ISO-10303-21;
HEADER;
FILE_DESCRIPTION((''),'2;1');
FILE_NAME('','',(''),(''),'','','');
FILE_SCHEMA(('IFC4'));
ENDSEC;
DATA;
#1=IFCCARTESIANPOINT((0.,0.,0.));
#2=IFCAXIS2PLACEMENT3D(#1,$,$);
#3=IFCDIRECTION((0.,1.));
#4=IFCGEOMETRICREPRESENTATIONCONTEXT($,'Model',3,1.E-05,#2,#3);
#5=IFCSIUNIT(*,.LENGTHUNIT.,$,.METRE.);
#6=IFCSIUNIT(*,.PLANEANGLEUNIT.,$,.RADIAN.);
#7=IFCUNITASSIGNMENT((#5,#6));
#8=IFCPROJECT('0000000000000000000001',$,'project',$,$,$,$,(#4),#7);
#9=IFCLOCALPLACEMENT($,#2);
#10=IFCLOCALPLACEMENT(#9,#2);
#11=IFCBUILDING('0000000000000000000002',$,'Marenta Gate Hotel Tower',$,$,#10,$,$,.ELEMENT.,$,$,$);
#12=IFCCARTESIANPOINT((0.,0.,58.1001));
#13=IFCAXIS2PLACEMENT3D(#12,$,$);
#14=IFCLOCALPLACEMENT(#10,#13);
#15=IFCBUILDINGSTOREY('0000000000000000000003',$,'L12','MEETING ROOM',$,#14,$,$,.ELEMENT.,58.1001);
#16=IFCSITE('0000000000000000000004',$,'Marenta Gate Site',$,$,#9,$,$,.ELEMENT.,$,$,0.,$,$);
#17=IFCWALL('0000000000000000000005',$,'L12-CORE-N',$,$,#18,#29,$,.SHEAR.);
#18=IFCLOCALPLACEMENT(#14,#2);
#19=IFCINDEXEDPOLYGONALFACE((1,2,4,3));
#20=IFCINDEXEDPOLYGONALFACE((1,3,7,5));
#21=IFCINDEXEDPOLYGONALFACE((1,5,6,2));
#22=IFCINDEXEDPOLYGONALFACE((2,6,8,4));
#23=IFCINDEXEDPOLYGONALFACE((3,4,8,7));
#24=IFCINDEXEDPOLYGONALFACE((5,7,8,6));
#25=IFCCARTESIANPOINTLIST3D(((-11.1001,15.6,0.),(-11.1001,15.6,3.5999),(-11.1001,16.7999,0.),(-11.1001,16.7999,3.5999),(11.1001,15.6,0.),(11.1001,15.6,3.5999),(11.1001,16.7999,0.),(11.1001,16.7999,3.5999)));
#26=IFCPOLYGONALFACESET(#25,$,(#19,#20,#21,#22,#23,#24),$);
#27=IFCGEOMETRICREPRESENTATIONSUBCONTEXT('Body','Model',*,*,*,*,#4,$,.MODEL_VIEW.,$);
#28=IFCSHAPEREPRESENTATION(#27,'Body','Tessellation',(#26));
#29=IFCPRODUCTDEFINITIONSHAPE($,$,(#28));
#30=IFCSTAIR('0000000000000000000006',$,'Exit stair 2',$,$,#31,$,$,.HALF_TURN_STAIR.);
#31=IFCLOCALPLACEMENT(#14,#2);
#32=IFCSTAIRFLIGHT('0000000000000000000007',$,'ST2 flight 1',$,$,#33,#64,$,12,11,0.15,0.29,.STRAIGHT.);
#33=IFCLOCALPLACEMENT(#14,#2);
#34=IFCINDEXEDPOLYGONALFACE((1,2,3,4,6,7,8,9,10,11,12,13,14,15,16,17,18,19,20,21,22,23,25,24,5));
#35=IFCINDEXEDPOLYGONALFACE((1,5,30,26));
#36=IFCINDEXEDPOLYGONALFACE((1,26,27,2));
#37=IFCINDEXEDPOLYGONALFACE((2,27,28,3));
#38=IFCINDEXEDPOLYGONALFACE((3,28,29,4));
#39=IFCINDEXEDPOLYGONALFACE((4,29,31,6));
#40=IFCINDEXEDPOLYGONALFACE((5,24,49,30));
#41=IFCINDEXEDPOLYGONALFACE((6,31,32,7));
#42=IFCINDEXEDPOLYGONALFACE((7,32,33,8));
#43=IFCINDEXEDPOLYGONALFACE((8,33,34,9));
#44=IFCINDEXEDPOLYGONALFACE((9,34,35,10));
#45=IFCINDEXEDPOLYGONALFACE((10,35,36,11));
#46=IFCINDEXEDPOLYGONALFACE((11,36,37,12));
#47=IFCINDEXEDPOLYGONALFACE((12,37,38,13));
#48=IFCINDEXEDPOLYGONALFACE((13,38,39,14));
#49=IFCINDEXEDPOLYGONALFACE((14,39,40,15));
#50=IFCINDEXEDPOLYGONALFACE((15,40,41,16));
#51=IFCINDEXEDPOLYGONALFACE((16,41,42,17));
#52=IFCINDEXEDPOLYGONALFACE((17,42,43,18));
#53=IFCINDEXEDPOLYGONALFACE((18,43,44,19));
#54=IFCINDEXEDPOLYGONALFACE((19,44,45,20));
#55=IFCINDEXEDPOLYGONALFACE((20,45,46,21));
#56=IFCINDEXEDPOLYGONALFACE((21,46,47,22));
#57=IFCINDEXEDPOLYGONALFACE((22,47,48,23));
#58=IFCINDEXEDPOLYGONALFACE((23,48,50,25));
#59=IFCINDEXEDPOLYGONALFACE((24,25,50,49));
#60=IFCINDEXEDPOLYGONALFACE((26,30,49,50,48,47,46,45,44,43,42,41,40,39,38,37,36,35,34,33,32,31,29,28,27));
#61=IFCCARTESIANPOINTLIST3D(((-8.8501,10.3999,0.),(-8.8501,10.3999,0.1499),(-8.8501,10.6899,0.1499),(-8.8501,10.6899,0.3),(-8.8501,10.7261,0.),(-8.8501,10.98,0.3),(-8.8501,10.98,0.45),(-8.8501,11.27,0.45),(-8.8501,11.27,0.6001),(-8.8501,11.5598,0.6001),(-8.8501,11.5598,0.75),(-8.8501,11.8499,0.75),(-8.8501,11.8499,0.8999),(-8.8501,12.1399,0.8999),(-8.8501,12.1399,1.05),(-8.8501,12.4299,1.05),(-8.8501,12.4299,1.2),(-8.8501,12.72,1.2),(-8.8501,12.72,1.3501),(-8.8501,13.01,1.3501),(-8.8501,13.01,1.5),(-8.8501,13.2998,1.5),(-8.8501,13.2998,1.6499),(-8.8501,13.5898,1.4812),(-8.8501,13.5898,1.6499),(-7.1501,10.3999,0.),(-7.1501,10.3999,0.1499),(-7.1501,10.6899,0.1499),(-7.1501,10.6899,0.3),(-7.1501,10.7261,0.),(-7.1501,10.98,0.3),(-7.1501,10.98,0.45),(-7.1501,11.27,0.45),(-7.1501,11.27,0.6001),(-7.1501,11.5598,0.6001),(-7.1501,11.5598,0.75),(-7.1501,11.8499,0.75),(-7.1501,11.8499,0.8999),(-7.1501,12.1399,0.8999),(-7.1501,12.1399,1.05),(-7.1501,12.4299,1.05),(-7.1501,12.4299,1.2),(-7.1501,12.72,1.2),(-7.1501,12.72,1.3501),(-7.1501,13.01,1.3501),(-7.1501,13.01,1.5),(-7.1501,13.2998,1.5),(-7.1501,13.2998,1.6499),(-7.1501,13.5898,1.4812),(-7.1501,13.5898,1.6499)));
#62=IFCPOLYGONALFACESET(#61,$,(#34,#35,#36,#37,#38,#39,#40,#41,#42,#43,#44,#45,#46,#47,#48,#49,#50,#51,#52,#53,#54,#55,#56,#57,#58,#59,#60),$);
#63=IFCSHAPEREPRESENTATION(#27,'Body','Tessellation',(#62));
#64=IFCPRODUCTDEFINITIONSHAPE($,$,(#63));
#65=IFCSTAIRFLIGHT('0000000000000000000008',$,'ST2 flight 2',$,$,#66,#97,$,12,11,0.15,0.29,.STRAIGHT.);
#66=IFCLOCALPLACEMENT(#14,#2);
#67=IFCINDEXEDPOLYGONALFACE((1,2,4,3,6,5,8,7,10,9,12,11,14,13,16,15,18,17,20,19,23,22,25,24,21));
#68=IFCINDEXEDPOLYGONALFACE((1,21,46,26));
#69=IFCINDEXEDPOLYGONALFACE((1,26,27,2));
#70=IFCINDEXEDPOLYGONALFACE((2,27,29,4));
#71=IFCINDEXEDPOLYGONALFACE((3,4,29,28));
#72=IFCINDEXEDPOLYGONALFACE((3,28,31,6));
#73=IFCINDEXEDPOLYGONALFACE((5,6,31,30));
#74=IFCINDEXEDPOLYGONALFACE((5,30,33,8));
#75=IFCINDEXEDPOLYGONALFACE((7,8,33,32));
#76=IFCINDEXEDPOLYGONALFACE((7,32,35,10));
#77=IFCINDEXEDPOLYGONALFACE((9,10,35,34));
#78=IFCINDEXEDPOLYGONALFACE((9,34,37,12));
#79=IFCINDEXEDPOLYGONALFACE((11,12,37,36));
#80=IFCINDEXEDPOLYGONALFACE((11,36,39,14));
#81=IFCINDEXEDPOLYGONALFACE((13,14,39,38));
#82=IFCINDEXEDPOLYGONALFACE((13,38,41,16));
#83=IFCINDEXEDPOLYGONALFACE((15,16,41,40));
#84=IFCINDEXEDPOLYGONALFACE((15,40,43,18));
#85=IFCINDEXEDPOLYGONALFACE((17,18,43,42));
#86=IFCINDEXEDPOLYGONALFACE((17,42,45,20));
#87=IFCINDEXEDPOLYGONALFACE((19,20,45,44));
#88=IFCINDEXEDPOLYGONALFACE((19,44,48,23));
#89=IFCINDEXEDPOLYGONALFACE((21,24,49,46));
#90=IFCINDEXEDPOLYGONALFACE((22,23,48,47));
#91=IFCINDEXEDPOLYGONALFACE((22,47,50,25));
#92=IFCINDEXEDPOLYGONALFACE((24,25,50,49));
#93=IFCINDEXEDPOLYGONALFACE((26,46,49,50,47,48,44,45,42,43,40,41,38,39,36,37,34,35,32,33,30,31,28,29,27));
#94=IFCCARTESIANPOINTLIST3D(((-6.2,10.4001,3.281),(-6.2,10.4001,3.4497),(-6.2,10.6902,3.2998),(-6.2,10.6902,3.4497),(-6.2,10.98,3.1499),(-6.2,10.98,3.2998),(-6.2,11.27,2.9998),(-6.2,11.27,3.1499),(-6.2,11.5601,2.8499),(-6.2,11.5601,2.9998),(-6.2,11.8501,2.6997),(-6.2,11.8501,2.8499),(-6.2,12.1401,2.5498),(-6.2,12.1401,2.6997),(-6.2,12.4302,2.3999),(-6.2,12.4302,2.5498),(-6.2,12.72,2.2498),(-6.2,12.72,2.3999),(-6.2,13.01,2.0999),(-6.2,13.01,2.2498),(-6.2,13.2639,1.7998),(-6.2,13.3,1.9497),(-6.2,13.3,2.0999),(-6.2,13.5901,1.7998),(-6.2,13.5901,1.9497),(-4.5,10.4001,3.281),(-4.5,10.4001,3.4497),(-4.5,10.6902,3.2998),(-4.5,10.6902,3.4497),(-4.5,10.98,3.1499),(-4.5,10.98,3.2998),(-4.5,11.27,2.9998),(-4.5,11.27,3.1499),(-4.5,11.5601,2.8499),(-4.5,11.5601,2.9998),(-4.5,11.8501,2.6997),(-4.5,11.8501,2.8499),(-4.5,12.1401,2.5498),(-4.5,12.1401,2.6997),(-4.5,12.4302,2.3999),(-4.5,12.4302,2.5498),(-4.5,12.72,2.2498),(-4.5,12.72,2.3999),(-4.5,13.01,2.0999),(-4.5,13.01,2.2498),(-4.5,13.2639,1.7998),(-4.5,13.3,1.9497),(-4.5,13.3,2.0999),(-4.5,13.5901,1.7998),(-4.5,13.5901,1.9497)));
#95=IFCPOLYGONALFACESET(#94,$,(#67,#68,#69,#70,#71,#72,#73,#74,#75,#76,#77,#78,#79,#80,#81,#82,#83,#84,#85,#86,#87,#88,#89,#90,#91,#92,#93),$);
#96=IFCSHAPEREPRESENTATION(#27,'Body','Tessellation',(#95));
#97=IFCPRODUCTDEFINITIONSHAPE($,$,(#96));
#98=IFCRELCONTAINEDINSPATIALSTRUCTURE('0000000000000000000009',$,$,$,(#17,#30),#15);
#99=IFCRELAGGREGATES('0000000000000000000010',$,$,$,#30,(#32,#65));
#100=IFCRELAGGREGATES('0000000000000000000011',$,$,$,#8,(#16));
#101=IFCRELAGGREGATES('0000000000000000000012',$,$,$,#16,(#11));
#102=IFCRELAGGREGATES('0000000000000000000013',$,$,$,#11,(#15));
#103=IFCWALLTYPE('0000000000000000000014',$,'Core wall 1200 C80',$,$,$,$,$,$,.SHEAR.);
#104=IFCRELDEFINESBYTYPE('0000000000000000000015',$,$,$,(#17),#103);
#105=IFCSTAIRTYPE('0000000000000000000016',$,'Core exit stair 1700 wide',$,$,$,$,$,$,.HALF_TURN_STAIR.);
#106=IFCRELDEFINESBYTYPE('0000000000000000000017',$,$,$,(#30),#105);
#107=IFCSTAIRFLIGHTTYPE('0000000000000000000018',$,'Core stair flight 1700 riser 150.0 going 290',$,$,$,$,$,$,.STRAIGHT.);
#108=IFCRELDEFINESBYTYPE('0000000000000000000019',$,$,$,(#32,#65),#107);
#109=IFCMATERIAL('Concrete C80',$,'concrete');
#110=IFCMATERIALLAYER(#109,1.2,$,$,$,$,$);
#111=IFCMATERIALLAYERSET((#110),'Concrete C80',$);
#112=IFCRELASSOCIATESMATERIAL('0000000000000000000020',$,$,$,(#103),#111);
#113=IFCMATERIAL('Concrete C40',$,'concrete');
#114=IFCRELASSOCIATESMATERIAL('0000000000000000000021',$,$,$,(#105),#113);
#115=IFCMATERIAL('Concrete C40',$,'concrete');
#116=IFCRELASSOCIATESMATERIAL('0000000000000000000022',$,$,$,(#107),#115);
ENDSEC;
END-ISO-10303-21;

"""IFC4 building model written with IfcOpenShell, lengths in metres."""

from ifc_helpers import new_model, si_unit, direction, frame, frame_2d, origin, place, context, subcontext, project, spatial, polyline, rectangle, outline, extrude, material, layer, layer_set, type_object, element, aggregate, save


model = new_model("IFC4")

# Units and contexts
model_context = context("Model", 3, precision=1e-05, world=origin(), true_north=direction((0.0, 1.0)))
body_context = subcontext(model_context, "Body", "Model", "MODEL_VIEW")
ifc_project = project(units=[si_unit("LENGTHUNIT", "METRE"), si_unit("PLANEANGLEUNIT", "RADIAN")], contexts=[model_context])

# Site, building, storey
site_placement = place(None, origin())
site = spatial("IfcSite", under=ifc_project, at=site_placement, Name="Marenta Gate Site", CompositionType="ELEMENT", RefElevation=0.0)
building_placement = place(site_placement, origin())
building = spatial("IfcBuilding", under=site, at=building_placement, Name="Marenta Gate Hotel Tower", CompositionType="ELEMENT")
storey_placement = place(building_placement, frame((0.0, 0.0, 58.1001)))
storey = spatial("IfcBuildingStorey", under=building, at=storey_placement, Name="L12", Description="MEETING ROOM", CompositionType="ELEMENT", Elevation=58.1001)

# Wall
ifc_material_1 = material(Name="Concrete C80", Category="concrete")
ifc_layer_1 = layer(ifc_material_1, 1.2)
ifc_layer_set_1 = layer_set([ifc_layer_1], Name="Concrete C80")
wall_type_1 = type_object("IfcWallType", Name="Core wall 1200 C80", PredefinedType="SHEAR", material=ifc_layer_set_1)
wall_1_placement = place(storey_placement, frame((-11.1001, 16.2, 0.0), z_axis=(0.0, 0.0, 1.0), x_axis=(1.0, 0.0, 0.0)))
element("IfcWall", 1, at=wall_1_placement, inside=storey, type_object=wall_type_1, Name="L12-CORE-N", PredefinedType="SHEAR", context=body_context, shape_type="SweptSolid", body=[
    extrude(rectangle(XDim=22.2002, YDim=1.2, at=frame_2d((11.1001, 0.0))), origin(), (0.0, 0.0, 1.0), 3.5999),
])

# Stair, stair flights
ifc_material_2 = material(Name="Concrete C40", Category="concrete")
stair_type = type_object("IfcStairType", Name="Core exit stair 1700 wide", PredefinedType="HALF_TURN_STAIR", material=ifc_material_2)
stair_placement = place(storey_placement, origin())
stair = element("IfcStair", 2, at=stair_placement, inside=storey, type_object=stair_type, Name="Exit stair 2", PredefinedType="HALF_TURN_STAIR")
ifc_material_3 = material(Name="Concrete C40", Category="concrete")
stair_flight_type = type_object("IfcStairFlightType", Name="Core stair flight 1700 riser 150.0 going 290", PredefinedType="STRAIGHT", material=ifc_material_3)
stair_flight_1_placement = place(storey_placement, frame((-8.0, 10.3999, 0.0), z_axis=(0.0, 0.0, 1.0), x_axis=(0.0, 1.0, 0.0)))
stair_flight_1 = element("IfcStairFlight", 3, at=stair_flight_1_placement, type_object=stair_flight_type, Name="ST2 flight 1", NumberOfRisers=12, NumberOfTreads=11, PredefinedType="STRAIGHT", RiserHeight=0.15, TreadLength=0.29, context=body_context, shape_type="SweptSolid", body=[
    extrude(outline(polyline([(0.0, 0.0), (0.0, 0.1499), (0.29, 0.1499), (0.29, 0.3), (0.5801, 0.3), (0.5801, 0.45), (0.8701, 0.45), (0.8701, 0.6001), (1.1599, 0.6001), (1.1599, 0.75), (1.45, 0.75), (1.45, 0.8999), (1.74, 0.8999), (1.74, 1.05), (2.03, 1.05), (2.03, 1.2), (2.3201, 1.2), (2.3201, 1.3501), (2.6101, 1.3501), (2.6101, 1.5), (2.8999, 1.5), (2.8999, 1.6499), (3.1899, 1.6499), (3.1899, 1.8), (3.1899, 1.4812), (0.3262, 0.0), (0.0, 0.0)])), frame((0.0, 0.8501, 0.0), z_axis=(0.0, -1.0, 0.0), x_axis=(1.0, 0.0, 0.0)), (0.0, 0.0, 1.0), 1.7),
])
stair_flight_2_placement = place(storey_placement, frame((-5.3501, 13.5901, 1.7998), z_axis=(0.0, 0.0, 1.0), x_axis=(0.0, -1.0, 0.0)))
stair_flight_2 = element("IfcStairFlight", 4, at=stair_flight_2_placement, type_object=stair_flight_type, Name="ST2 flight 2", NumberOfRisers=12, NumberOfTreads=11, PredefinedType="STRAIGHT", RiserHeight=0.15, TreadLength=0.29, context=body_context, shape_type="SweptSolid", body=[
    extrude(outline(polyline([(0.0, 0.0), (0.0, 0.1499), (0.29, 0.1499), (0.29, 0.3), (0.5801, 0.3), (0.5801, 0.45), (0.8701, 0.45), (0.8701, 0.6001), (1.1599, 0.6001), (1.1599, 0.75), (1.45, 0.75), (1.45, 0.8999), (1.74, 0.8999), (1.74, 1.05), (2.03, 1.05), (2.03, 1.2), (2.3201, 1.2), (2.3201, 1.3501), (2.6101, 1.3501), (2.6101, 1.5), (2.8999, 1.5), (2.8999, 1.6499), (3.1899, 1.6499), (3.1899, 1.8), (3.1899, 1.4812), (0.3262, 0.0), (0.0, 0.0)])), frame((0.0, 0.8501, 0.0), z_axis=(0.0, -1.0, 0.0), x_axis=(1.0, 0.0, 0.0)), (0.0, 0.0, 1.0), 1.7),
])
aggregate(stair, [stair_flight_1, stair_flight_2])

save(model, "model.ifc")
